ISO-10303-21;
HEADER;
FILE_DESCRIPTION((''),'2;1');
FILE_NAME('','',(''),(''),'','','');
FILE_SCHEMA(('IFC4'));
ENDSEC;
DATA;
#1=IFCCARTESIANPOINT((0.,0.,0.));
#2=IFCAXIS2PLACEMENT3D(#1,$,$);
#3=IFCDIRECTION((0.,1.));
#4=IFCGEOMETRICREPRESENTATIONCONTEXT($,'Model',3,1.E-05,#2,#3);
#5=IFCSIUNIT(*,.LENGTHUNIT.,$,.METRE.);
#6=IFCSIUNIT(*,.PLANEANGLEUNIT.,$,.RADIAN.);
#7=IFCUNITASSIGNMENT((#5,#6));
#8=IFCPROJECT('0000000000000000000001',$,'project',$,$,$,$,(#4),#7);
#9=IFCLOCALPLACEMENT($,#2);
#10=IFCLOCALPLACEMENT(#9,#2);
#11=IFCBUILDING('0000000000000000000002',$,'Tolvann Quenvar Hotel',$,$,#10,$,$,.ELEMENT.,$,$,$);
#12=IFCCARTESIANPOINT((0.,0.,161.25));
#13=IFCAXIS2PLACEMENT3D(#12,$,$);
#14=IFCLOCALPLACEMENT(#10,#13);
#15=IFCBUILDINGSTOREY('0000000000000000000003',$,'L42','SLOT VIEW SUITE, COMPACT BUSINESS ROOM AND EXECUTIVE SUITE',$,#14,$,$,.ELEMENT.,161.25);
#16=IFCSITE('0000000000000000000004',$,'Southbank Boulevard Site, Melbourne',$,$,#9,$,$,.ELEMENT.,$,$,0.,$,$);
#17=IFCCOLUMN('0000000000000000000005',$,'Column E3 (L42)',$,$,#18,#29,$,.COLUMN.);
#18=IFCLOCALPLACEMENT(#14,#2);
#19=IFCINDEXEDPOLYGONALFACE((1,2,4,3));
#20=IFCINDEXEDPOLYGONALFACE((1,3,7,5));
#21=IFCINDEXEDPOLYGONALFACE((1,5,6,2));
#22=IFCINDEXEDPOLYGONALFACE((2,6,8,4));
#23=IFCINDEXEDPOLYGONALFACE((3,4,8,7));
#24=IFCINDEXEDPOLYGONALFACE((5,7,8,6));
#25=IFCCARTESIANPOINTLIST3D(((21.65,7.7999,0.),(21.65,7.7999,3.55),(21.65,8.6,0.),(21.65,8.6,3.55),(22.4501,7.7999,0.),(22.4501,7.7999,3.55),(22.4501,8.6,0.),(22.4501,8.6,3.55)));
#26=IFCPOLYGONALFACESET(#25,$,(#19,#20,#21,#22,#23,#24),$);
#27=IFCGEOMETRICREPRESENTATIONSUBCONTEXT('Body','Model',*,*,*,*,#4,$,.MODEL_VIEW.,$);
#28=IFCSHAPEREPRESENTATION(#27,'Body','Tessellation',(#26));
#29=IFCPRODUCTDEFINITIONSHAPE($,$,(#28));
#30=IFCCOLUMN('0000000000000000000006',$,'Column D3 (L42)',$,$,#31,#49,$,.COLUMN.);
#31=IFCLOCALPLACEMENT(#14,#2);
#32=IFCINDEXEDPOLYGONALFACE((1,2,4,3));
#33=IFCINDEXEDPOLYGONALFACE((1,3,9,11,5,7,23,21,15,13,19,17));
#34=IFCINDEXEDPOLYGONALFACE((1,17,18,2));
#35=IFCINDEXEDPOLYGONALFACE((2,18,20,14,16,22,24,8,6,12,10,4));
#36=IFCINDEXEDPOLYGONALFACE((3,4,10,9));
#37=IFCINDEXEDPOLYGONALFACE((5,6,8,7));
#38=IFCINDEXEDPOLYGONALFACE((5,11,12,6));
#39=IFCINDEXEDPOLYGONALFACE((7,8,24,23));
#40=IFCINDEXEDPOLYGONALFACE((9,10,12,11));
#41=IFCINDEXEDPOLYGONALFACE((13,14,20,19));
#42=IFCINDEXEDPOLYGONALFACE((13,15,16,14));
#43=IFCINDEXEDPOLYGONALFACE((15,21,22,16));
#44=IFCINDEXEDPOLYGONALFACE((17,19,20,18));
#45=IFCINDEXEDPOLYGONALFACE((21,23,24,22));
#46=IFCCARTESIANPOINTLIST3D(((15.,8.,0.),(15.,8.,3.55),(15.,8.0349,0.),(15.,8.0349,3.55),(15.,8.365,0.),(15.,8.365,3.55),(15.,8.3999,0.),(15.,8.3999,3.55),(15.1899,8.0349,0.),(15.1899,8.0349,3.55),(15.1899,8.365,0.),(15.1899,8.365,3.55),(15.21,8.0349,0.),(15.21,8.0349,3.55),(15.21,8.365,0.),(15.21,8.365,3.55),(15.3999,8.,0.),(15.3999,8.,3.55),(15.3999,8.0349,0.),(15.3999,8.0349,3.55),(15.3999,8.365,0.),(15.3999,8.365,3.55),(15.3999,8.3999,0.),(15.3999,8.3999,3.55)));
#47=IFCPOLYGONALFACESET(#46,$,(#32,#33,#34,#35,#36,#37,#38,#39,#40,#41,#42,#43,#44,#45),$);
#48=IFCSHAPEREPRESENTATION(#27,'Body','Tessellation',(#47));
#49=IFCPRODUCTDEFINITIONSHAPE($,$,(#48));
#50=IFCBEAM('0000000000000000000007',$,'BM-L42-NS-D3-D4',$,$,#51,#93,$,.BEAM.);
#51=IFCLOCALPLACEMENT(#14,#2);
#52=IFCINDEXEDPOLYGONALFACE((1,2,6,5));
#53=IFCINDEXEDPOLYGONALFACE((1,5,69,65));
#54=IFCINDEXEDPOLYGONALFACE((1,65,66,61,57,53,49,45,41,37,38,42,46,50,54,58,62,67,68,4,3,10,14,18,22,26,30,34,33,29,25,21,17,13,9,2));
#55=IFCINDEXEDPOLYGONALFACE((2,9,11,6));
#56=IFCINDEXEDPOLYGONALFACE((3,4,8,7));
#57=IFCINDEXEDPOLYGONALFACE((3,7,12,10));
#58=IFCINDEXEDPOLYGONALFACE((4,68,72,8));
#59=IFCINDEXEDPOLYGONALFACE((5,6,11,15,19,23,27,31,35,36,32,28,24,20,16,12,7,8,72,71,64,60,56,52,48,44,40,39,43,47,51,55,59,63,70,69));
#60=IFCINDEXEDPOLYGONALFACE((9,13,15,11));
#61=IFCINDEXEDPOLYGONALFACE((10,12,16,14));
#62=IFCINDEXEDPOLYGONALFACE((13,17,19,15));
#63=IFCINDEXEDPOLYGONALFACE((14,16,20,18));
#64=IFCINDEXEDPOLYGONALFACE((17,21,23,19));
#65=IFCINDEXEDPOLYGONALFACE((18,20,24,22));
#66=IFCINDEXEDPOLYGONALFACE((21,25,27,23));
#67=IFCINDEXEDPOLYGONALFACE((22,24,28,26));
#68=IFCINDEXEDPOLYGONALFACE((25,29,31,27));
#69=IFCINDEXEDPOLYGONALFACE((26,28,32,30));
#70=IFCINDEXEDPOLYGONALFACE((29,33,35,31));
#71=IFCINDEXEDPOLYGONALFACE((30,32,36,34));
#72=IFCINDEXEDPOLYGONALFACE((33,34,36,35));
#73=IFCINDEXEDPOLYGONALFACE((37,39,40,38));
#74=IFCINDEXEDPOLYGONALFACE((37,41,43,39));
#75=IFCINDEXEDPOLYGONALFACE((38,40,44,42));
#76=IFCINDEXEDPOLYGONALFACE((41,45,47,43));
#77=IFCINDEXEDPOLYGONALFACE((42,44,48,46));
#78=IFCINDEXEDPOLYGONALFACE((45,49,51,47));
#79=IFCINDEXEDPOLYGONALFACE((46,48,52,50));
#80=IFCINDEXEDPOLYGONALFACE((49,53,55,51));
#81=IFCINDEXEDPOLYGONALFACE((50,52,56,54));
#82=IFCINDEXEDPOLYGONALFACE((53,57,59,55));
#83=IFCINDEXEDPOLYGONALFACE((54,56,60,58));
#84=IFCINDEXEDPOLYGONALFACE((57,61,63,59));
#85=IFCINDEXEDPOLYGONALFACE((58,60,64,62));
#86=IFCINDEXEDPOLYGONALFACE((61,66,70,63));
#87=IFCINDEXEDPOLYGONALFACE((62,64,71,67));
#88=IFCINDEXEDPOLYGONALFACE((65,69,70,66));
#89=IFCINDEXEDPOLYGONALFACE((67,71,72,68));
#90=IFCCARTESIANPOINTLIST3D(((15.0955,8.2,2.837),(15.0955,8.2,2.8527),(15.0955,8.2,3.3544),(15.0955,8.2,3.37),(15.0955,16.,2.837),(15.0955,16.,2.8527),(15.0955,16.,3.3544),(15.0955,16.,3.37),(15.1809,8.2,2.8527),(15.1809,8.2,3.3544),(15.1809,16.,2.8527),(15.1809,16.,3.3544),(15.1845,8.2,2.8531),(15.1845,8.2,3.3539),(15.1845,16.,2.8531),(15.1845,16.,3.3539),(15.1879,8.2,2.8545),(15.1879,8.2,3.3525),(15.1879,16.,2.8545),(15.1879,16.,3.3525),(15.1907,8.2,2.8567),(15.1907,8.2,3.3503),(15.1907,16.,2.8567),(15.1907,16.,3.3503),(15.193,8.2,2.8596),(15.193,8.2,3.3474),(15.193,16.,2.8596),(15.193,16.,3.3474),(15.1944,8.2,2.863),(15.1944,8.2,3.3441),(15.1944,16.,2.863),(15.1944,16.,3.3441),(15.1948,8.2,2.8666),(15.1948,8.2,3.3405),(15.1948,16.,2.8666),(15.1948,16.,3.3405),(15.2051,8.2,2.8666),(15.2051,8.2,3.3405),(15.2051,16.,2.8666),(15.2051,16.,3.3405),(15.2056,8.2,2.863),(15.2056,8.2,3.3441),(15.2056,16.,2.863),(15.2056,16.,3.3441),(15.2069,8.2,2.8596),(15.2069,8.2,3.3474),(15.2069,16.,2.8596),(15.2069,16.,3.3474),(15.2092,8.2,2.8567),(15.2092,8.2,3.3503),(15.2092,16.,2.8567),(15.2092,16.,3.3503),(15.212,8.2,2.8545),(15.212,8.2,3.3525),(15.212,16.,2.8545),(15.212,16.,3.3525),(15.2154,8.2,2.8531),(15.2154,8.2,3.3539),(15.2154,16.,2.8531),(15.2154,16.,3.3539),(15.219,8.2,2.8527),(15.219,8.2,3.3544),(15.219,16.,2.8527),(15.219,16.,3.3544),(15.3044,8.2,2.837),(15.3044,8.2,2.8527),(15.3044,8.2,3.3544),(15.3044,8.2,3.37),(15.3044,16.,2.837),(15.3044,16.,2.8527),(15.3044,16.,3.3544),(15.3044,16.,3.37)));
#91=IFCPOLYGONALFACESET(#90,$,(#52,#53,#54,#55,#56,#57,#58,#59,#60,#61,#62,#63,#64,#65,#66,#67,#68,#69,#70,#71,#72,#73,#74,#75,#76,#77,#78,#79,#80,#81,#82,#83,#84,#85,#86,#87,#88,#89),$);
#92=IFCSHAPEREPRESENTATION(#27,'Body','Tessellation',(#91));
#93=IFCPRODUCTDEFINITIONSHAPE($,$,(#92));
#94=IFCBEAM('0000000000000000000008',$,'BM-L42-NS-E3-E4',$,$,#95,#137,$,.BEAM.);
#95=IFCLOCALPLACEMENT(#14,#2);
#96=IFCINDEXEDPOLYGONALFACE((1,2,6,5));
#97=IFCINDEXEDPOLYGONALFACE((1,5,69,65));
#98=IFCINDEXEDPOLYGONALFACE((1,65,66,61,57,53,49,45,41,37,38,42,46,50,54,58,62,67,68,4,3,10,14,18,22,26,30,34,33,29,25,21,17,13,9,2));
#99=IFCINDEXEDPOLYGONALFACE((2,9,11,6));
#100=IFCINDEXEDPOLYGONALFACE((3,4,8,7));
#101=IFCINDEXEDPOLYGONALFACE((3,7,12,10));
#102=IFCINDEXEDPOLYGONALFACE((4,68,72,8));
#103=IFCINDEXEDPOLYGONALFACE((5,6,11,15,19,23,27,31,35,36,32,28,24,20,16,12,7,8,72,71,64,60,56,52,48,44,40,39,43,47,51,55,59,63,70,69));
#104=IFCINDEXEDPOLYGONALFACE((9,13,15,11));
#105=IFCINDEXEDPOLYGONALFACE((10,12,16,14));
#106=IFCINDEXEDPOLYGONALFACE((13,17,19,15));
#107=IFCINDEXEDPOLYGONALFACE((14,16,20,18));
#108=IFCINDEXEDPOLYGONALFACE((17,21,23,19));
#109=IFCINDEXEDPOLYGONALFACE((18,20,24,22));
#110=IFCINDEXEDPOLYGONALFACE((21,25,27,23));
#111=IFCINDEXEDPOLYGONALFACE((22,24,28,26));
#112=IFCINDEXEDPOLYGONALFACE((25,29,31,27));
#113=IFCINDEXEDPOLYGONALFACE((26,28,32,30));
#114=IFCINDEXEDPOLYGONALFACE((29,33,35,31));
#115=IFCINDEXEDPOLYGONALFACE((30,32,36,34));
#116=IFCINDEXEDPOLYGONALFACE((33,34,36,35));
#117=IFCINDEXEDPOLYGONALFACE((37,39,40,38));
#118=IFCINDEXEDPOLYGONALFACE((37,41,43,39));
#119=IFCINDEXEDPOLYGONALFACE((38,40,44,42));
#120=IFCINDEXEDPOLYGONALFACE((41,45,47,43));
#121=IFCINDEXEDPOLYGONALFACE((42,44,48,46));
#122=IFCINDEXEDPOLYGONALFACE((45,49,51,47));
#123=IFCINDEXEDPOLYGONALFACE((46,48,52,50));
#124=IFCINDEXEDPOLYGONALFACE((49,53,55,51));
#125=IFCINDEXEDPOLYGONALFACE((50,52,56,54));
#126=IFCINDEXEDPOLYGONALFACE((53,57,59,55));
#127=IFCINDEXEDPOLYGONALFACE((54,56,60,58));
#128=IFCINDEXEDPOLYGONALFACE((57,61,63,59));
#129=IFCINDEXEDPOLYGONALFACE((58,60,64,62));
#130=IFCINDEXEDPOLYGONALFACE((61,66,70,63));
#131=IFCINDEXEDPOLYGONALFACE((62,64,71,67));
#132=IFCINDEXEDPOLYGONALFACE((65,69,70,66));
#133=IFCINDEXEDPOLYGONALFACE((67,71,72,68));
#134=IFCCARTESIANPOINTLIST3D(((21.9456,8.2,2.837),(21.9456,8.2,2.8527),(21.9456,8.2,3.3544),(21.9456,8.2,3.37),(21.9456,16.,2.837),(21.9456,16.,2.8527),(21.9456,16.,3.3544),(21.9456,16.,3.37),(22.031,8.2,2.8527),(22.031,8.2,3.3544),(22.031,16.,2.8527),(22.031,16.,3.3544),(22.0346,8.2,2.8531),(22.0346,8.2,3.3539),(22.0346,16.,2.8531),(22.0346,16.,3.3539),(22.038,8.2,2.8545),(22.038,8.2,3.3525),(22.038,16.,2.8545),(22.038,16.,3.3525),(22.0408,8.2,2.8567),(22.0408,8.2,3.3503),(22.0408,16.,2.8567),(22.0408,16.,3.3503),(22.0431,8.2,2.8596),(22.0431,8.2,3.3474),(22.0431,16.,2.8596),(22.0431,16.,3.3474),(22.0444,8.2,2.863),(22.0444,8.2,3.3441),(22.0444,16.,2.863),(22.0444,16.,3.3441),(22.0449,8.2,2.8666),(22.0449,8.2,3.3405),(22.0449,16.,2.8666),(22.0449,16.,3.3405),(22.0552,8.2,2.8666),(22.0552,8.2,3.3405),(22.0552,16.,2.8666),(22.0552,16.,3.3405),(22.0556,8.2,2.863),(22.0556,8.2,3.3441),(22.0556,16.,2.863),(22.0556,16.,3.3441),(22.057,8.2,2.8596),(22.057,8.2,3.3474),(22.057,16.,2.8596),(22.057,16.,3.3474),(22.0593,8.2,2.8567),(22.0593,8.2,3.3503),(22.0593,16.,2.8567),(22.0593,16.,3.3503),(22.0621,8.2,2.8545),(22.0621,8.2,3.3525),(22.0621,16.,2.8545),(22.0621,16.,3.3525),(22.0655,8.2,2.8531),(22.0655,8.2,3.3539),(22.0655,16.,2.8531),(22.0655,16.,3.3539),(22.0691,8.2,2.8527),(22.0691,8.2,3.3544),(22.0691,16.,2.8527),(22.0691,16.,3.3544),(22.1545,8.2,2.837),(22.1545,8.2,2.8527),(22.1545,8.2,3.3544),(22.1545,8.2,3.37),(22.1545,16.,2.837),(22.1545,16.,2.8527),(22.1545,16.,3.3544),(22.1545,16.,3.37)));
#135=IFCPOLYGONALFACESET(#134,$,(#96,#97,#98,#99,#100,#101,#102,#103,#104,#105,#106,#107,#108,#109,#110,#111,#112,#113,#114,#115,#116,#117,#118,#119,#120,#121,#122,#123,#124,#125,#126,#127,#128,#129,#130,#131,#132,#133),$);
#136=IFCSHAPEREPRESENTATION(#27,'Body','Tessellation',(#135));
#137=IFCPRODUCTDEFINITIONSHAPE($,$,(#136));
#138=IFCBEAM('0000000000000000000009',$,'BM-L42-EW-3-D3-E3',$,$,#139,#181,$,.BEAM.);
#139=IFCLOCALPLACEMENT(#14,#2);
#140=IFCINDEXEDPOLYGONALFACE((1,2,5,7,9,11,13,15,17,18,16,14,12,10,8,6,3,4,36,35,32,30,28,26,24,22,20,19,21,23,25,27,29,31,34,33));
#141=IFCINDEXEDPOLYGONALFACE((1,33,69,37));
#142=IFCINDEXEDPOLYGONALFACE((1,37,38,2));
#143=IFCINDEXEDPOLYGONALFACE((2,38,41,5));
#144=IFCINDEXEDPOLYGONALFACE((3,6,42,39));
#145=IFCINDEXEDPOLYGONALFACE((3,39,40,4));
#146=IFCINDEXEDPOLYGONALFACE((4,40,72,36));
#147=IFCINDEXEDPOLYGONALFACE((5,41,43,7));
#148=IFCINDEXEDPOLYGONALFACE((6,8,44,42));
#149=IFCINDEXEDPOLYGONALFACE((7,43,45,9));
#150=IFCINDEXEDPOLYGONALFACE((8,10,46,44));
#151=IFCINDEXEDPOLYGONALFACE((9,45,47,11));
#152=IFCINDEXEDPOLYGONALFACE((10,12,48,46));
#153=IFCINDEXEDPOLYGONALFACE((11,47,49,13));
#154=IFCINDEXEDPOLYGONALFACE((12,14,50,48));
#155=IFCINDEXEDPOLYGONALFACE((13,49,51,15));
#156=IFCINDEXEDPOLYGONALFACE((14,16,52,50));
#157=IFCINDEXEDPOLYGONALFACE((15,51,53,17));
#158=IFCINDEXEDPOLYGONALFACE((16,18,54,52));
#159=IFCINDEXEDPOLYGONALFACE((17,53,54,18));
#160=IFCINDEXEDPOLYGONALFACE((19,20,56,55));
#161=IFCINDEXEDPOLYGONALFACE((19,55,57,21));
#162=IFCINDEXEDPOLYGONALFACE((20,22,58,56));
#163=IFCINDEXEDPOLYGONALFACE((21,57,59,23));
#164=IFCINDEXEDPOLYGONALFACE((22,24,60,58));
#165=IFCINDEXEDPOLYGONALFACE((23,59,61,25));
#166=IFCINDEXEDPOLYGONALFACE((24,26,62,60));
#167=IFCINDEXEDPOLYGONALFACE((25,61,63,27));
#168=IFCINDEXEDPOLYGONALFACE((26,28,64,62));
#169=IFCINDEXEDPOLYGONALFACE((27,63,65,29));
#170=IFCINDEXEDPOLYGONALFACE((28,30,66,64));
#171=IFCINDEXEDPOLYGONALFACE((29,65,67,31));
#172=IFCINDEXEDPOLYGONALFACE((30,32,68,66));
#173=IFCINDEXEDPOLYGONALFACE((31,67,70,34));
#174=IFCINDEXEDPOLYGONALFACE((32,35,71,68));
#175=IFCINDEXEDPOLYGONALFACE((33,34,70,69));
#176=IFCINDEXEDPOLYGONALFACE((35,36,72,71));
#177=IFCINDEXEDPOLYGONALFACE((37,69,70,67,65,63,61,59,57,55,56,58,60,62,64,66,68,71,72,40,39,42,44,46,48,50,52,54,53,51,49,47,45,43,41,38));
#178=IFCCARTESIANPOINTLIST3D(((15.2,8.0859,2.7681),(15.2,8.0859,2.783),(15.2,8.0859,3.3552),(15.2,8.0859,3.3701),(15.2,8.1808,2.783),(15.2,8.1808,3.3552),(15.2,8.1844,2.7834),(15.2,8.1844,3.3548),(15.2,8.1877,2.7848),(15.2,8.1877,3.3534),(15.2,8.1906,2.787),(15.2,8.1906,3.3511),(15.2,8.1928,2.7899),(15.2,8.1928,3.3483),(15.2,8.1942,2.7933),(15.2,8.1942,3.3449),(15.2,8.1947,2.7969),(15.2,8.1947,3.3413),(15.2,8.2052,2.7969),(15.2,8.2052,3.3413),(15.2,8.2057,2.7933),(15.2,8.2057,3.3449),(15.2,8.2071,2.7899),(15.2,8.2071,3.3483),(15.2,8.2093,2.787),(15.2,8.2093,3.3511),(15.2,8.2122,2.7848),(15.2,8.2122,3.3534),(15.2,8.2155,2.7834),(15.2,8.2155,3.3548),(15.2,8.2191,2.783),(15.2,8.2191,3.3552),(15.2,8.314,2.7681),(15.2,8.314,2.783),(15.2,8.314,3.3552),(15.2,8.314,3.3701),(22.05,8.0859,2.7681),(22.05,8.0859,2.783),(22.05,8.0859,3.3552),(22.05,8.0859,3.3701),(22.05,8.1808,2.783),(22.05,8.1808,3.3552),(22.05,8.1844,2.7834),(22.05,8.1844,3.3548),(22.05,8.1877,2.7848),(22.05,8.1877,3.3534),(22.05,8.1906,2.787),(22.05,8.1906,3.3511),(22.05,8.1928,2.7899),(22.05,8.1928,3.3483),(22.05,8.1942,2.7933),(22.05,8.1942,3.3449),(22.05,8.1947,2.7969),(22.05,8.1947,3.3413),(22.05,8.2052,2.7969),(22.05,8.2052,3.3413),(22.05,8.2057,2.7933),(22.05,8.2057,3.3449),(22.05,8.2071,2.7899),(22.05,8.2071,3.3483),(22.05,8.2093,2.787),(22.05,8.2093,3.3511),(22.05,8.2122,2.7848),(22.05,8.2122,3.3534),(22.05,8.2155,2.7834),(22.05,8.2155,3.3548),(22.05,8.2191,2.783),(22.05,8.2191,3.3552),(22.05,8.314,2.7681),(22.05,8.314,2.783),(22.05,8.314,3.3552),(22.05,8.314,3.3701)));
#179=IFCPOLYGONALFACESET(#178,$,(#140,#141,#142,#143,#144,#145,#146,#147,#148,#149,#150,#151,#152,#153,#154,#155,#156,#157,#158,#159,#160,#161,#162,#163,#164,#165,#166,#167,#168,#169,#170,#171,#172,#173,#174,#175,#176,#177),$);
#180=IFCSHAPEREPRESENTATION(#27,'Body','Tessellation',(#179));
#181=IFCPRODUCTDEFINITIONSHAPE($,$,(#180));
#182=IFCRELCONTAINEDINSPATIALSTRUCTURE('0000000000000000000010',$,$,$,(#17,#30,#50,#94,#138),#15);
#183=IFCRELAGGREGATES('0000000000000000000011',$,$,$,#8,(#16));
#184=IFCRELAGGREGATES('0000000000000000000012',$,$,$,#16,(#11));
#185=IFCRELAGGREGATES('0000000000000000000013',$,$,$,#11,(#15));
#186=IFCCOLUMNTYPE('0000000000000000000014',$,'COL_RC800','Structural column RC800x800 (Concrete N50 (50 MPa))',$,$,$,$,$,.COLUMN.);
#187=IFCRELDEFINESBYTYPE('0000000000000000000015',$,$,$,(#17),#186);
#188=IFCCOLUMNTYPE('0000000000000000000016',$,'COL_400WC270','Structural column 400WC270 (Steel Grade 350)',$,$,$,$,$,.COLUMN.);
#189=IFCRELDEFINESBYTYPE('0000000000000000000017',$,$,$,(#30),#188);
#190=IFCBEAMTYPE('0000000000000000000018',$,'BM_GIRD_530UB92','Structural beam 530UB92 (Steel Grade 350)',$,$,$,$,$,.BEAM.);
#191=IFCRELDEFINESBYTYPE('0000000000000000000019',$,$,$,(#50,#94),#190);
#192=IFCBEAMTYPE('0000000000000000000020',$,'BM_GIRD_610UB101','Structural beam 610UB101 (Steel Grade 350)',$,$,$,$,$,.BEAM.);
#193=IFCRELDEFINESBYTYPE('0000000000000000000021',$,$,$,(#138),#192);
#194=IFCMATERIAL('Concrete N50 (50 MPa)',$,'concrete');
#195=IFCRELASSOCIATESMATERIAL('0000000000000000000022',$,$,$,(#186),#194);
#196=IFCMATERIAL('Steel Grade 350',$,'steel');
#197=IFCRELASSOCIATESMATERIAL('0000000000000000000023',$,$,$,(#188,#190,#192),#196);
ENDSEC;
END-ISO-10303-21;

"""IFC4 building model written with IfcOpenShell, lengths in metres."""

from ifc_helpers import new_model, si_unit, direction, frame, origin, origin_2d, place, context, subcontext, project, spatial, rectangle, i_section, extrude, source, transform, mapped, material, material_profile, profile_set, type_object, type_shapes, element, save


model = new_model("IFC4")

# Units and contexts
model_context = context("Model", 3, precision=1e-05, world=origin(), true_north=direction((0.0, 1.0)))
body_context = subcontext(model_context, "Body", "Model", "MODEL_VIEW")
ifc_project = project(units=[si_unit("LENGTHUNIT", "METRE"), si_unit("PLANEANGLEUNIT", "RADIAN")], contexts=[model_context])

# Site, building, storey
site_placement = place(None, origin())
site = spatial("IfcSite", under=ifc_project, at=site_placement, Name="Southbank Boulevard Site, Melbourne", CompositionType="ELEMENT", RefElevation=0.0)
building_placement = place(site_placement, origin())
building = spatial("IfcBuilding", under=site, at=building_placement, Name="Tolvann Quenvar Hotel", CompositionType="ELEMENT")
storey_placement = place(building_placement, frame((0.0, 0.0, 161.25)))
storey = spatial("IfcBuildingStorey", under=building, at=storey_placement, Name="L42", Description="SLOT VIEW SUITE, COMPACT BUSINESS ROOM AND EXECUTIVE SUITE", CompositionType="ELEMENT", Elevation=161.25)

# Columns
ifc_material_1 = material(Name="Concrete N50 (50 MPa)", Category="concrete")
ifc_material_profile_1 = material_profile(ifc_material_1, rectangle(XDim=0.8, YDim=0.8, at=origin_2d()), Name="RC800x800")
ifc_profile_set_1 = profile_set([ifc_material_profile_1], Name="Concrete N50 (50 MPa)")
column_type_1 = type_object("IfcColumnType", Name="COL_RC800", Description="Structural column RC800x800 (Concrete N50 (50 MPa))", PredefinedType="COLUMN", material=ifc_profile_set_1)
shared_shape_1 = source(origin(), body_context, "Body", "SweptSolid", [
    extrude(rectangle(XDim=0.8, YDim=0.8, at=origin_2d()), origin(), (0.0, 0.0, 1.0), 3.55),
])
type_shapes(column_type_1, [shared_shape_1])
column_1_placement = place(storey_placement, frame((22.05, 8.2, 0.0), z_axis=(0.0, 0.0, 1.0), x_axis=(1.0, 0.0, 0.0)))
element("IfcColumn", 1, at=column_1_placement, inside=storey, type_object=column_type_1, Name="Column E3 (L42)", PredefinedType="COLUMN", context=body_context, shape_type="MappedRepresentation", body=[
    mapped(shared_shape_1, transform((0.0, 0.0, 0.0), x_axis=(1.0, 0.0, 0.0), y_axis=(0.0, 1.0, 0.0), z_axis=(0.0, 0.0, 1.0), scale=1.0)),
])
ifc_material_2 = material(Name="Steel Grade 350", Category="steel")
ifc_material_profile_2 = material_profile(ifc_material_2, i_section(OverallWidth=0.3999, OverallDepth=0.3999, WebThickness=0.02, FlangeThickness=0.0349, at=origin_2d()), Name="400WC270")
ifc_profile_set_2 = profile_set([ifc_material_profile_2], Name="Steel Grade 350")
column_type_2 = type_object("IfcColumnType", Name="COL_400WC270", Description="Structural column 400WC270 (Steel Grade 350)", PredefinedType="COLUMN", material=ifc_profile_set_2)
shared_shape_2 = source(origin(), body_context, "Body", "SweptSolid", [
    extrude(i_section(OverallWidth=0.3999, OverallDepth=0.3999, WebThickness=0.02, FlangeThickness=0.0349, at=origin_2d()), origin(), (0.0, 0.0, 1.0), 3.55),
])
type_shapes(column_type_2, [shared_shape_2])
column_2_placement = place(storey_placement, frame((15.2, 8.2, 0.0), z_axis=(0.0, 0.0, 1.0), x_axis=(1.0, 0.0, 0.0)))
element("IfcColumn", 2, at=column_2_placement, inside=storey, type_object=column_type_2, Name="Column D3 (L42)", PredefinedType="COLUMN", context=body_context, shape_type="MappedRepresentation", body=[
    mapped(shared_shape_2, transform((0.0, 0.0, 0.0), x_axis=(1.0, 0.0, 0.0), y_axis=(0.0, 1.0, 0.0), z_axis=(0.0, 0.0, 1.0), scale=1.0)),
])

# Beams
ifc_material_profile_3 = material_profile(ifc_material_2, i_section(OverallWidth=0.209, OverallDepth=0.533, WebThickness=0.0103, FlangeThickness=0.0156, FilletRadius=0.0139, at=origin_2d()), Name="530UB92")
ifc_profile_set_3 = profile_set([ifc_material_profile_3], Name="Steel Grade 350")
beam_type_1 = type_object("IfcBeamType", Name="BM_GIRD_530UB92", Description="Structural beam 530UB92 (Steel Grade 350)", PredefinedType="BEAM", material=ifc_profile_set_3)
shared_shape_3 = source(origin(), body_context, "Body", "SweptSolid", [
    extrude(i_section(OverallWidth=0.209, OverallDepth=0.533, WebThickness=0.0103, FlangeThickness=0.0156, FilletRadius=0.0139, at=origin_2d()), origin(), (0.0, 0.0, 1.0), 7.8),
])
type_shapes(beam_type_1, [shared_shape_3])
for number, where, z_axis, x_axis, name in (
    (3, (15.2, 8.2, 3.1035), (0.0, 1.0, 0.0), (-1.0, 0.0, 0.0), "BM-L42-NS-D3-D4"),
    (4, (22.05, 8.2, 3.1035), (0.0, 1.0, 0.0), (-1.0, 0.0, 0.0), "BM-L42-NS-E3-E4"),
):
    element("IfcBeam", number, at=place(storey_placement, frame(where, z_axis=z_axis, x_axis=x_axis)), inside=storey, type_object=beam_type_1, Name=name, PredefinedType="BEAM", context=body_context, shape_type="MappedRepresentation", body=[
        mapped(shared_shape_3, transform((0.0, 0.0, 0.0), x_axis=(1.0, 0.0, 0.0), y_axis=(0.0, 1.0, 0.0), z_axis=(0.0, 0.0, 1.0), scale=1.0)),
    ])
ifc_material_profile_4 = material_profile(ifc_material_2, i_section(OverallWidth=0.228, OverallDepth=0.6021, WebThickness=0.0105, FlangeThickness=0.0149, FilletRadius=0.0139, at=origin_2d()), Name="610UB101")
ifc_profile_set_4 = profile_set([ifc_material_profile_4], Name="Steel Grade 350")
beam_type_2 = type_object("IfcBeamType", Name="BM_GIRD_610UB101", Description="Structural beam 610UB101 (Steel Grade 350)", PredefinedType="BEAM", material=ifc_profile_set_4)
shared_shape_4 = source(origin(), body_context, "Body", "SweptSolid", [
    extrude(i_section(OverallWidth=0.228, OverallDepth=0.6021, WebThickness=0.0105, FlangeThickness=0.0149, FilletRadius=0.0139, at=origin_2d()), origin(), (0.0, 0.0, 1.0), 6.8501),
])
type_shapes(beam_type_2, [shared_shape_4])
beam_placement = place(storey_placement, frame((15.2, 8.2, 3.0691), z_axis=(1.0, 0.0, 0.0), x_axis=(0.0, 1.0, 0.0)))
element("IfcBeam", 5, at=beam_placement, inside=storey, type_object=beam_type_2, Name="BM-L42-EW-3-D3-E3", PredefinedType="BEAM", context=body_context, shape_type="MappedRepresentation", body=[
    mapped(shared_shape_4, transform((0.0, 0.0, 0.0), x_axis=(1.0, 0.0, 0.0), y_axis=(0.0, 1.0, 0.0), z_axis=(0.0, 0.0, 1.0), scale=1.0)),
])

save(model, "model.ifc")
